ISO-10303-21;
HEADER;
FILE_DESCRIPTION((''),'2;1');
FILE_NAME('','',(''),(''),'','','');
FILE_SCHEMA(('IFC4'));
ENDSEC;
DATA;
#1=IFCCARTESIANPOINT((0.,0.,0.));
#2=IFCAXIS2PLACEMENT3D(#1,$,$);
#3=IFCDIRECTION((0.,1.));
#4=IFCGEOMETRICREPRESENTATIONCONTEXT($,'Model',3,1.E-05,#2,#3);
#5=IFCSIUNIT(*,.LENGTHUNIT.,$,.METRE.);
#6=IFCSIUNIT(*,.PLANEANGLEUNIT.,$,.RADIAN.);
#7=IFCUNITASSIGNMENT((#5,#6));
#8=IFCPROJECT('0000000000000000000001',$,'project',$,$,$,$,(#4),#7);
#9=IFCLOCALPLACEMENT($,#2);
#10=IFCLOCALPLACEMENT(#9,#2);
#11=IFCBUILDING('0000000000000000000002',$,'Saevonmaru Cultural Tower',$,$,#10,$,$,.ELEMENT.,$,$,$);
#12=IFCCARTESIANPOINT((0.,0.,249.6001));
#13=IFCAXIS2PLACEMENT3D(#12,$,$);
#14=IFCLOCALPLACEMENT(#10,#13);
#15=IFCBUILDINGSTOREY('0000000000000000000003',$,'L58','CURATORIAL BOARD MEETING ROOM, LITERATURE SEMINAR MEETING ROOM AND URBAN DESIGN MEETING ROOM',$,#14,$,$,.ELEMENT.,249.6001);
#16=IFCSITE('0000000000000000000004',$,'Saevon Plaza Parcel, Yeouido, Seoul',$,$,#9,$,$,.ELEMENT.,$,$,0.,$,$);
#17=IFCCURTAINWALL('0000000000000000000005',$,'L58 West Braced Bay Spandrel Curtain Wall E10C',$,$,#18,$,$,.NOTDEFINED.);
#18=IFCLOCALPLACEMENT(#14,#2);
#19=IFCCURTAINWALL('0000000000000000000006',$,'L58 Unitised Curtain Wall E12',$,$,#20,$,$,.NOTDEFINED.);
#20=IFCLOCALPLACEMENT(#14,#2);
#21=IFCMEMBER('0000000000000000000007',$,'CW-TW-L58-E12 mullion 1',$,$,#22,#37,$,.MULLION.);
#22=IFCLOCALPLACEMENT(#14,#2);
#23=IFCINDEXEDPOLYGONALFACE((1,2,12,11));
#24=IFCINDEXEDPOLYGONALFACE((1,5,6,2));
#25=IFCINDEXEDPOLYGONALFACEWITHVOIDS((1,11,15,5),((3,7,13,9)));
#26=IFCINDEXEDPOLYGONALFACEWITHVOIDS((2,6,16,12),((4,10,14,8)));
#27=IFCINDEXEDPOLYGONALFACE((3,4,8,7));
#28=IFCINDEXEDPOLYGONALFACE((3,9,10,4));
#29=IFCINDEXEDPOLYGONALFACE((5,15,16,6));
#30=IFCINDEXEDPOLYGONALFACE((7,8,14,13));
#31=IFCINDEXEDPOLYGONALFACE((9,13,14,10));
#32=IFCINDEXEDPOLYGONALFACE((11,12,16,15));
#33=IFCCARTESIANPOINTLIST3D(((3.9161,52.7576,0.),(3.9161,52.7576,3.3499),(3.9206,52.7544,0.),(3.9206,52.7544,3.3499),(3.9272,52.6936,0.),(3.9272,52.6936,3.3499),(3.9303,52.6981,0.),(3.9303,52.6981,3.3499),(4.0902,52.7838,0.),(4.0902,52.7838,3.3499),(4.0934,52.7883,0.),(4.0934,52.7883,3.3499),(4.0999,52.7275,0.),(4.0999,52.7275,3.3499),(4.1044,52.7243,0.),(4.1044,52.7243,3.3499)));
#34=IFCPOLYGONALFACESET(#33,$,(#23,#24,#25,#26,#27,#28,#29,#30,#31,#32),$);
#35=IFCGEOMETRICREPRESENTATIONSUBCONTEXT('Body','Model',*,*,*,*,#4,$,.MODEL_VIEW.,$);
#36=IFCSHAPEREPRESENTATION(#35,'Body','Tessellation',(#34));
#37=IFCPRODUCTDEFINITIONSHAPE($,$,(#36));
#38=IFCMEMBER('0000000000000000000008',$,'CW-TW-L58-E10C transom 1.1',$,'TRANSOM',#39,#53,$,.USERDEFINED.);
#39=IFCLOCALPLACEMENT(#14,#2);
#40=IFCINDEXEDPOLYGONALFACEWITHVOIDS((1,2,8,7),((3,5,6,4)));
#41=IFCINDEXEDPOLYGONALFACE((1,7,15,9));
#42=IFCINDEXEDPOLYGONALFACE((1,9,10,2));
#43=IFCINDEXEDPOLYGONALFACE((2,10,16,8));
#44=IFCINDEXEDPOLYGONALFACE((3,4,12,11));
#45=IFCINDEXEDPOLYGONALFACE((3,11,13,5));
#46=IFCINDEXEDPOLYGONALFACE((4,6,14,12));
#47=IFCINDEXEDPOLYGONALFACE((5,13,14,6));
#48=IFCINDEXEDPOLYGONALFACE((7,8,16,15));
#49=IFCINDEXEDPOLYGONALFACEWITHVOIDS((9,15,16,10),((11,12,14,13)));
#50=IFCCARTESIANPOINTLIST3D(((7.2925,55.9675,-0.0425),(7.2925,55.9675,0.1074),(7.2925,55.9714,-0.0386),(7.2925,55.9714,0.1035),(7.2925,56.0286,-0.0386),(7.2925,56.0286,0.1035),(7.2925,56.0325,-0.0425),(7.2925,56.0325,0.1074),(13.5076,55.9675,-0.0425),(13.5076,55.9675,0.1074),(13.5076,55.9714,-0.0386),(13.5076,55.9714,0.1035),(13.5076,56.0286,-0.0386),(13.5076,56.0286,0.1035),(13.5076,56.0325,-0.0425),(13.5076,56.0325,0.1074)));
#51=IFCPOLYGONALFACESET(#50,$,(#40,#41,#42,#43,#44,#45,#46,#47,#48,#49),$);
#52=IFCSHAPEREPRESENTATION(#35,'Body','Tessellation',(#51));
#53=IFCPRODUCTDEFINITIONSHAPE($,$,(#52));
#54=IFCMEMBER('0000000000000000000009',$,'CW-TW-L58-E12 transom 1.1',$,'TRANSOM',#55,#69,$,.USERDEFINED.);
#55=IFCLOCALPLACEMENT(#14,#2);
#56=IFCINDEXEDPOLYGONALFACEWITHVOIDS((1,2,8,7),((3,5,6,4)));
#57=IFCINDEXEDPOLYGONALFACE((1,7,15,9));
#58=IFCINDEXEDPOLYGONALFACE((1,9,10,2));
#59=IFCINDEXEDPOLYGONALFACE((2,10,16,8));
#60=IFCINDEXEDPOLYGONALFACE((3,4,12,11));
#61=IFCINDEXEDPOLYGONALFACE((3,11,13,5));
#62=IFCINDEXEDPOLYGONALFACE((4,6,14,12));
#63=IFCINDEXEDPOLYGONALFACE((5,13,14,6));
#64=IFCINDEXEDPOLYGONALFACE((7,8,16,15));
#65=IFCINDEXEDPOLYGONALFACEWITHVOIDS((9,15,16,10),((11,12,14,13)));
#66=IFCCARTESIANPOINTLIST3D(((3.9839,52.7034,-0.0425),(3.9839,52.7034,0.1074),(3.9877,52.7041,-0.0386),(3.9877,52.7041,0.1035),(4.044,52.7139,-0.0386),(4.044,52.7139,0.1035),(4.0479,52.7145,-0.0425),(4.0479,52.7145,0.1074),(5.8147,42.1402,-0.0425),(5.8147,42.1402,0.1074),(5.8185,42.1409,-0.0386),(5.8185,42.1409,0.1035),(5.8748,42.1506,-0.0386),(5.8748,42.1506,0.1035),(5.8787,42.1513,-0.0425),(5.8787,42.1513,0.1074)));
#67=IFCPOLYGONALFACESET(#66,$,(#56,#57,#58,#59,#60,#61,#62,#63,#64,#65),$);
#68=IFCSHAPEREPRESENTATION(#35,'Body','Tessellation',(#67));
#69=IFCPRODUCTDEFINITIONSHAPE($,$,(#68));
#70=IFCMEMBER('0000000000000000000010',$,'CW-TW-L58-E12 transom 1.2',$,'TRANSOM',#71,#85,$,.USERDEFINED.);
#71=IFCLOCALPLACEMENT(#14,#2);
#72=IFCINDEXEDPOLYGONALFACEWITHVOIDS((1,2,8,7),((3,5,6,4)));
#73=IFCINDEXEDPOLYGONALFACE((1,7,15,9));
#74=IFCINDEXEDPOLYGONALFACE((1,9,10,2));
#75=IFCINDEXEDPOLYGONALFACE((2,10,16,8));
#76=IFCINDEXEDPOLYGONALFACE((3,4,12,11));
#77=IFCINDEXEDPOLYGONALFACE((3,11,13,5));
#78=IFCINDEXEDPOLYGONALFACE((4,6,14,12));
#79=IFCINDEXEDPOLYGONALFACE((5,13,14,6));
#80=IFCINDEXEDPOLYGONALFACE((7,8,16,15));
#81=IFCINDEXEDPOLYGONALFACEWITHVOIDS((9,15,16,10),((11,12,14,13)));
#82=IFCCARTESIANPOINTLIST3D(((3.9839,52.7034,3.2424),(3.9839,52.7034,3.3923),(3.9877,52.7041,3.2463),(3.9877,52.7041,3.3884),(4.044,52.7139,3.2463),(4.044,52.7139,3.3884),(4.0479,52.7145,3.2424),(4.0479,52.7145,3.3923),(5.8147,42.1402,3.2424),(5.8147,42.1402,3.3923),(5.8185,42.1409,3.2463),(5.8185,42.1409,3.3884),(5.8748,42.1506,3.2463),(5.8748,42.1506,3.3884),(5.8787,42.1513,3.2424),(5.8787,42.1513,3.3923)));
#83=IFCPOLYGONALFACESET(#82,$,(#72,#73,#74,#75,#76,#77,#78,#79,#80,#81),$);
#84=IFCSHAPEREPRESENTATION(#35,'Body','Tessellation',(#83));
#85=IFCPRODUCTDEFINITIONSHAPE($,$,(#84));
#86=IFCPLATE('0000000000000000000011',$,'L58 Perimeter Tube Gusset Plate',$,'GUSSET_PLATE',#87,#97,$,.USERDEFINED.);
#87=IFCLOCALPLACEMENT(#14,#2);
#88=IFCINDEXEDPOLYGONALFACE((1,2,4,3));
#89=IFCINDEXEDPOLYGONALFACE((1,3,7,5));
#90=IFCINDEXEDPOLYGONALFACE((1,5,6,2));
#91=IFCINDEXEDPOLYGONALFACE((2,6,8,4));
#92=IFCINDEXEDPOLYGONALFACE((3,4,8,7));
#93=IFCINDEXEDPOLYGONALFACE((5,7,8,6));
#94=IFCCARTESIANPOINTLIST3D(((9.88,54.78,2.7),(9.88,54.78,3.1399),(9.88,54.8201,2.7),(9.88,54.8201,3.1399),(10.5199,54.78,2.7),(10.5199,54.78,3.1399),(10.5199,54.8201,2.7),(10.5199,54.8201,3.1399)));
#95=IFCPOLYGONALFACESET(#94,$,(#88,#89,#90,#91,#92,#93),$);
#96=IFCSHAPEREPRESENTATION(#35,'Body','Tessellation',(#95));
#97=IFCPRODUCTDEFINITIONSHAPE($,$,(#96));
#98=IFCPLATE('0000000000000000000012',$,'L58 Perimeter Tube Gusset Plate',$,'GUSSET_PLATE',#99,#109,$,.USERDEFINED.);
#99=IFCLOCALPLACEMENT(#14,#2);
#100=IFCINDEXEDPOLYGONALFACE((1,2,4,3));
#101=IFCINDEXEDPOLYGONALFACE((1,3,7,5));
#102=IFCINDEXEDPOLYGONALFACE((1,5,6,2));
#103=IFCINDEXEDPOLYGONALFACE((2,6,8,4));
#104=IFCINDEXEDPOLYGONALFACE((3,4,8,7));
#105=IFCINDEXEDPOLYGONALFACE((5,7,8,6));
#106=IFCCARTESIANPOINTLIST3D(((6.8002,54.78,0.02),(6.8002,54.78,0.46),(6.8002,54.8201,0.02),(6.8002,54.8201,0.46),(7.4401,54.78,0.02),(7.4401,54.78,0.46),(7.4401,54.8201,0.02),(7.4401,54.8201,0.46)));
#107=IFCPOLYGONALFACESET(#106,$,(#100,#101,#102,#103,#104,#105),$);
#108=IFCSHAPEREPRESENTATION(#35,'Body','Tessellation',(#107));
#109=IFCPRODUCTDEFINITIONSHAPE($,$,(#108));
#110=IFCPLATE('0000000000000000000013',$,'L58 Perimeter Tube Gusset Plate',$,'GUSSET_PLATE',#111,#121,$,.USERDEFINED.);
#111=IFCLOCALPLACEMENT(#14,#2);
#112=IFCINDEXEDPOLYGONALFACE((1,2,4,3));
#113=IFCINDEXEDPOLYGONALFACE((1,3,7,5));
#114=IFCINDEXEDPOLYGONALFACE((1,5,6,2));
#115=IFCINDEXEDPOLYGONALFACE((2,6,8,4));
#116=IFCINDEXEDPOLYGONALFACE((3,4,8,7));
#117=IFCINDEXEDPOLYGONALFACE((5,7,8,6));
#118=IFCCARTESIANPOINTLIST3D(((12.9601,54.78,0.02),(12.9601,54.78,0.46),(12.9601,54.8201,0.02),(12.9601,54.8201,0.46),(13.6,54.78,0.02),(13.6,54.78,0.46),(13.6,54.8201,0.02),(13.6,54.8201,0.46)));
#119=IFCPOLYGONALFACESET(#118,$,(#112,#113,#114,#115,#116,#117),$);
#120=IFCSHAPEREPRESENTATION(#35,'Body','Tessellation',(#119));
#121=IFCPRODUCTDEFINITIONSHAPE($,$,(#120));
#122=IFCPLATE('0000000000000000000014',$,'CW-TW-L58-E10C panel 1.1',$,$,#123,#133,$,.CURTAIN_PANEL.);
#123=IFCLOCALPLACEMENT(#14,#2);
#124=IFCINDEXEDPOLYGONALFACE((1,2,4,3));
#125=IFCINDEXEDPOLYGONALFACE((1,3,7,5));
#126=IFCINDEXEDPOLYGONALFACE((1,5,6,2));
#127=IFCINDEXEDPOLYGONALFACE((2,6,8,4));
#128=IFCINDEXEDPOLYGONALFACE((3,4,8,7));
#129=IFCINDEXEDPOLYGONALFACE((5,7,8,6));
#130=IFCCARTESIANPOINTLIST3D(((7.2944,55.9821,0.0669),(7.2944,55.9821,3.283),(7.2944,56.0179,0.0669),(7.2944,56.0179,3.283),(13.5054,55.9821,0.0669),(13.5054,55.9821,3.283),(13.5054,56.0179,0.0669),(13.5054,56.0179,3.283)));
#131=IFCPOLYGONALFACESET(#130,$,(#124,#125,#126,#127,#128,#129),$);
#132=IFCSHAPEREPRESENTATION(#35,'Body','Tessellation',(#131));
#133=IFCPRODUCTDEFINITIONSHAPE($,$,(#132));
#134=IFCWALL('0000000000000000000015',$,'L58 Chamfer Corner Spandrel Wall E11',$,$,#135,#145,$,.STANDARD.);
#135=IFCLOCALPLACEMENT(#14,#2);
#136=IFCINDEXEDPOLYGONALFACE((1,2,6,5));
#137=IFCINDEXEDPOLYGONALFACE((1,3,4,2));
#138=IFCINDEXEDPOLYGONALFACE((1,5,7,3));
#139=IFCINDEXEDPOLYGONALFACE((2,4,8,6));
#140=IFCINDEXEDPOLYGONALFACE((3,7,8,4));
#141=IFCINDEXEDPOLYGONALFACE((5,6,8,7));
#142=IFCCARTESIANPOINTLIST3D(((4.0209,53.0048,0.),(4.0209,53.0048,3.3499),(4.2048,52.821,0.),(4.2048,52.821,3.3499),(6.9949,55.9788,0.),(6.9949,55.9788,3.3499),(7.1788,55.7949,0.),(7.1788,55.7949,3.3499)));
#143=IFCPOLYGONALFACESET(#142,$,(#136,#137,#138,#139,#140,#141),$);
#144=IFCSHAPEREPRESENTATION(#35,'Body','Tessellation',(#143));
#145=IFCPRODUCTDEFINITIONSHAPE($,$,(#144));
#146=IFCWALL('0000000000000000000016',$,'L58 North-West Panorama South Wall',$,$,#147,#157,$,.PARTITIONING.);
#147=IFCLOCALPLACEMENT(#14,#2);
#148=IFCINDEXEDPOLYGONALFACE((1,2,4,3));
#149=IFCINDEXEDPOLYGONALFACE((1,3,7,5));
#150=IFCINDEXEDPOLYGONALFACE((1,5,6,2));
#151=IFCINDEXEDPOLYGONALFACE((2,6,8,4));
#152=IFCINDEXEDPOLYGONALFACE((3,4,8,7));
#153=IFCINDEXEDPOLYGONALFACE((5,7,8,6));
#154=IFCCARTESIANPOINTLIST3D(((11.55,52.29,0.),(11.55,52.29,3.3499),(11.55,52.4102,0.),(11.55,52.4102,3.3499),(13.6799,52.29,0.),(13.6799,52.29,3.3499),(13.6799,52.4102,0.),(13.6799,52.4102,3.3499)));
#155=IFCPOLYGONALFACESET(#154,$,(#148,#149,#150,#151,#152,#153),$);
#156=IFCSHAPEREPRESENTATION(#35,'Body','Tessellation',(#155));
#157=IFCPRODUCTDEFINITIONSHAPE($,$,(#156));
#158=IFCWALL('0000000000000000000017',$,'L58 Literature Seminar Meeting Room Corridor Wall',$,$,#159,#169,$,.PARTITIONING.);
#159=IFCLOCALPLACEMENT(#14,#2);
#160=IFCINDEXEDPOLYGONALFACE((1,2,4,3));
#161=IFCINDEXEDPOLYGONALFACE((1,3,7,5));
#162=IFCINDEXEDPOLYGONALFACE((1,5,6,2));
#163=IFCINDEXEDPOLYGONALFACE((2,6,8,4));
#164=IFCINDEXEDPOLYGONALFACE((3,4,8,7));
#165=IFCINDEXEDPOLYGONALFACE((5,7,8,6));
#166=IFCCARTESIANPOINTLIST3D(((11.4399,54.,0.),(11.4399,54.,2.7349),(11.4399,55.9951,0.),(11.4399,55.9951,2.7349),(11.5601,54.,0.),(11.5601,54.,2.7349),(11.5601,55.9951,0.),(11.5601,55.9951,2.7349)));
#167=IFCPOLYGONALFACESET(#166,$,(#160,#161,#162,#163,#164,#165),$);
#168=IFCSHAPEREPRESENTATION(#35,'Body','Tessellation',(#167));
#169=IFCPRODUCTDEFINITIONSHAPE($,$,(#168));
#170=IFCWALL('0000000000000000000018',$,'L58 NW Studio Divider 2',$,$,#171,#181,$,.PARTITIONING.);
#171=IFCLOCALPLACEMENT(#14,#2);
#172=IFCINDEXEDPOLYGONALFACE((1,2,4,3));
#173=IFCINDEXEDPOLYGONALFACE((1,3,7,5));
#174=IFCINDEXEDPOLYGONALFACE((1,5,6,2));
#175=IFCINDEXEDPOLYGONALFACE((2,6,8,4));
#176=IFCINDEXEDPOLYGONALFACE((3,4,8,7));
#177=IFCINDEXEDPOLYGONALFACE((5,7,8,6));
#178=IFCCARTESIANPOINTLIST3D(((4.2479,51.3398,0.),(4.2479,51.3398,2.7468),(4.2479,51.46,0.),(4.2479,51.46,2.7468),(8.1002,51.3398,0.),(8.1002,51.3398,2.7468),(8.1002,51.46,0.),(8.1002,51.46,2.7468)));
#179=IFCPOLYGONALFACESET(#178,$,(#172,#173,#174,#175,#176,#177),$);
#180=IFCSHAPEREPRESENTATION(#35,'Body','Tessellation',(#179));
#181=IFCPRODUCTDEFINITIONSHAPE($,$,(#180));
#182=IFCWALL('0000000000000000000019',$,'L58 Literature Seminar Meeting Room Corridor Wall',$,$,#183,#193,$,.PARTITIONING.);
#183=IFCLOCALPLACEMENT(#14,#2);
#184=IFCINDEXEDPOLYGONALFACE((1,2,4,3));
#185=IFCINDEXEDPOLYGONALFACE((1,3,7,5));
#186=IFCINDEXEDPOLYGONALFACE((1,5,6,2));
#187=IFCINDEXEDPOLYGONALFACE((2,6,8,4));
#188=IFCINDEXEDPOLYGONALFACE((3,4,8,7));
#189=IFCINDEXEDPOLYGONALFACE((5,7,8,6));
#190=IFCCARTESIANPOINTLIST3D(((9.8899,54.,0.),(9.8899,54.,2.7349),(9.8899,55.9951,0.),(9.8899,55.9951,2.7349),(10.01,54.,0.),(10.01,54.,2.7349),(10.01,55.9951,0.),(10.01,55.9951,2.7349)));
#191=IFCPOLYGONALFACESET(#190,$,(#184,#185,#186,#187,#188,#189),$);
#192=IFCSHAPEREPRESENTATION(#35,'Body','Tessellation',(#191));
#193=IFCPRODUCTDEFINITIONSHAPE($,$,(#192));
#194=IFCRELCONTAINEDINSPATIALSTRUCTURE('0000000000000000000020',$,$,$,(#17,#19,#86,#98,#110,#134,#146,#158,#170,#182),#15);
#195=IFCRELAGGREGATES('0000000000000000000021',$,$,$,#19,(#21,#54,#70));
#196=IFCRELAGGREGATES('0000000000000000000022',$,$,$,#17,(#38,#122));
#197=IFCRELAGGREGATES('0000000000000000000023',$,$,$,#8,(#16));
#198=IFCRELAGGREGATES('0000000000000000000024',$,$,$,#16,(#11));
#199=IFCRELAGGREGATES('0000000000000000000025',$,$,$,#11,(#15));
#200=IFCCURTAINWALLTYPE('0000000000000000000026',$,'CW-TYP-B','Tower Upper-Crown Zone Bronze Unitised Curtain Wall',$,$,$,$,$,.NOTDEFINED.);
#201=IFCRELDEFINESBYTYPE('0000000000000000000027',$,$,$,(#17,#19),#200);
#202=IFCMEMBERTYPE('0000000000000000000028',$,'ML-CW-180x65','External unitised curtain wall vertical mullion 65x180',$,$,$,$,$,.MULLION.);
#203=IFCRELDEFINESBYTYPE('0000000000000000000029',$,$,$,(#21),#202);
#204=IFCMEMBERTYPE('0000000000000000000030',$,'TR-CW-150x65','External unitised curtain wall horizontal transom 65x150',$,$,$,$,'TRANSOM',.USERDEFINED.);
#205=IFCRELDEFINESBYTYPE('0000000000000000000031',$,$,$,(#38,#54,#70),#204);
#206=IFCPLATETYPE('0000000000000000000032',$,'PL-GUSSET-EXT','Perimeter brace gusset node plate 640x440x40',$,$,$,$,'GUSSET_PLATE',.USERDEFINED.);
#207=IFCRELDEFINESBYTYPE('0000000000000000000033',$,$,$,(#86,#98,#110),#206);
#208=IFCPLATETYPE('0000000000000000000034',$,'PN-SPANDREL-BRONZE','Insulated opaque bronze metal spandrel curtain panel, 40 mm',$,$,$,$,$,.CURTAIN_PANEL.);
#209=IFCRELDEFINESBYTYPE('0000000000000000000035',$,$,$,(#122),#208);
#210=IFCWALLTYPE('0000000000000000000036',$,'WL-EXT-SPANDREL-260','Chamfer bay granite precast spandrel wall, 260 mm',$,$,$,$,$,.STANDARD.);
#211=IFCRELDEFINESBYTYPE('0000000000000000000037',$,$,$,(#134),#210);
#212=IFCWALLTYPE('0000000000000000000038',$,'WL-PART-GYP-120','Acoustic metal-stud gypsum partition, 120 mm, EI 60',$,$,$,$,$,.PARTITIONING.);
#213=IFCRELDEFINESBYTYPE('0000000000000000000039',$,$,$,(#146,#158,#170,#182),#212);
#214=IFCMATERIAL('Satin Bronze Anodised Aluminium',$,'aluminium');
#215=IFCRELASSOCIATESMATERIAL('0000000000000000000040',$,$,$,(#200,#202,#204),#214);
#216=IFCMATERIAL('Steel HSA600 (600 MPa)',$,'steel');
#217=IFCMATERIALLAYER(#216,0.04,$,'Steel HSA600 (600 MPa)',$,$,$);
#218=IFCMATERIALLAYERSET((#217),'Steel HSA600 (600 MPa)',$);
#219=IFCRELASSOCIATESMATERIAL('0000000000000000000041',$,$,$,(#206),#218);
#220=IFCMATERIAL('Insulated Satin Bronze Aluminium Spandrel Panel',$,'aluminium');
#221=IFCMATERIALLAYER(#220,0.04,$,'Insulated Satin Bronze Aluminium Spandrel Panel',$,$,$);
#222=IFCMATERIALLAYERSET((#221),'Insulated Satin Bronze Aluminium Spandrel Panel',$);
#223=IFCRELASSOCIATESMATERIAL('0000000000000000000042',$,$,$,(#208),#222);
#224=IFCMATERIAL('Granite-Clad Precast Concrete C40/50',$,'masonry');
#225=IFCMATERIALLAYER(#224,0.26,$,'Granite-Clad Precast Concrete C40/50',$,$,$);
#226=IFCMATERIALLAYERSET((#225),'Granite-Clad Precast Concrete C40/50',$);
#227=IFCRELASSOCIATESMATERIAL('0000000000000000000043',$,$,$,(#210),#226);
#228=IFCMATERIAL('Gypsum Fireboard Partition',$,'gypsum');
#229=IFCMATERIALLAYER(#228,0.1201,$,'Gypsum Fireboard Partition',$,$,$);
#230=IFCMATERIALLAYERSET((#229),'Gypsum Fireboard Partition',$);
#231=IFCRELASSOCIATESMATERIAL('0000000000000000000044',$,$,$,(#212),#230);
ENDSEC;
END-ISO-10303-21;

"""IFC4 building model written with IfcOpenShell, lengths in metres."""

from ifc_helpers import new_model, si_unit, direction, frame, frame_2d, origin, origin_2d, place, context, subcontext, project, spatial, rectangle, hollow_rectangle, extrude, material, layer, layer_set, material_profile, profile_set, type_object, element, aggregate, save


model = new_model("IFC4")

# Units and contexts
model_context = context("Model", 3, precision=1e-05, world=origin(), true_north=direction((0.0, 1.0)))
body_context = subcontext(model_context, "Body", "Model", "MODEL_VIEW")
ifc_project = project(units=[si_unit("LENGTHUNIT", "METRE"), si_unit("PLANEANGLEUNIT", "RADIAN")], contexts=[model_context])

# Site, building, storey
site_placement = place(None, origin())
site = spatial("IfcSite", under=ifc_project, at=site_placement, Name="Saevon Plaza Parcel, Yeouido, Seoul", CompositionType="ELEMENT", RefElevation=0.0)
building_placement = place(site_placement, origin())
building = spatial("IfcBuilding", under=site, at=building_placement, Name="Saevonmaru Cultural Tower", CompositionType="ELEMENT")
storey_placement = place(building_placement, frame((0.0, 0.0, 249.6001)))
storey = spatial("IfcBuildingStorey", under=building, at=storey_placement, Name="L58", Description="CURATORIAL BOARD MEETING ROOM, LITERATURE SEMINAR MEETING ROOM AND URBAN DESIGN MEETING ROOM", CompositionType="ELEMENT", Elevation=249.6001)

# Curtain walls, member
ifc_material_1 = material(Name="Satin Bronze Anodised Aluminium", Category="aluminium")
curtain_wall_type = type_object("IfcCurtainWallType", Name="CW-TYP-B", Description="Tower Upper-Crown Zone Bronze Unitised Curtain Wall", PredefinedType="NOTDEFINED", material=ifc_material_1)
curtain_wall_1_placement = place(storey_placement, origin())
curtain_wall_1 = element("IfcCurtainWall", 1, at=curtain_wall_1_placement, inside=storey, type_object=curtain_wall_type, Name="L58 West Braced Bay Spandrel Curtain Wall E10C", PredefinedType="NOTDEFINED")
ifc_material_profile_1 = material_profile(ifc_material_1, hollow_rectangle(XDim=0.0649, YDim=0.1799, WallThickness=0.0039, at=origin_2d()), Name="ALU-MULL-180x65x4")
ifc_profile_set_1 = profile_set([ifc_material_profile_1], Name="Satin Bronze Anodised Aluminium")
member_type_1 = type_object("IfcMemberType", Name="ML-CW-180x65", Description="External unitised curtain wall vertical mullion 65x180", PredefinedType="MULLION", material=ifc_profile_set_1)
curtain_wall_2_placement = place(storey_placement, origin())
curtain_wall_2 = element("IfcCurtainWall", 2, at=curtain_wall_2_placement, inside=storey, type_object=curtain_wall_type, Name="L58 Unitised Curtain Wall E12", PredefinedType="NOTDEFINED")
member_1_placement = place(storey_placement, frame((4.0103, 52.741, 0.0), z_axis=(0.0, 0.0, 1.0), x_axis=(0.17079, -0.985307, 0.0)))
member_1 = element("IfcMember", 3, at=member_1_placement, type_object=member_type_1, Name="CW-TW-L58-E12 mullion 1", PredefinedType="MULLION", context=body_context, shape_type="SweptSolid", body=[
    extrude(hollow_rectangle(XDim=0.0649, YDim=0.1799, WallThickness=0.0039, at=origin_2d()), origin(), (0.0, 0.0, 1.0), 3.3499),
])

# Members
ifc_material_profile_2 = material_profile(ifc_material_1, hollow_rectangle(XDim=0.0649, YDim=0.1499, WallThickness=0.0039, at=origin_2d()), Name="ALU-TRAN-150x65x4")
ifc_profile_set_2 = profile_set([ifc_material_profile_2], Name="Satin Bronze Anodised Aluminium")
member_type_2 = type_object("IfcMemberType", Name="TR-CW-150x65", Description="External unitised curtain wall horizontal transom 65x150", ElementType="TRANSOM", PredefinedType="USERDEFINED", material=ifc_profile_set_2)
member_2_placement = place(storey_placement, frame((13.5076, 56.0, 0.0325), z_axis=(-1.0, 0.0, 0.0), x_axis=(0.0, -1.0, 0.0)))
member_2 = element("IfcMember", 4, at=member_2_placement, type_object=member_type_2, Name="CW-TW-L58-E10C transom 1.1", ObjectType="TRANSOM", PredefinedType="USERDEFINED", context=body_context, shape_type="SweptSolid", body=[
    extrude(hollow_rectangle(XDim=0.0649, YDim=0.1499, WallThickness=0.0039, at=origin_2d()), origin(), (0.0, 0.0, 1.0), 6.2151),
])
member_3_placement = place(storey_placement, frame((4.0159, 52.709, 0.0325), z_axis=(0.170773, -0.98531, 0.0), x_axis=(0.98531, 0.170773, 0.0)))
member_3 = element("IfcMember", 5, at=member_3_placement, type_object=member_type_2, Name="CW-TW-L58-E12 transom 1.1", ObjectType="TRANSOM", PredefinedType="USERDEFINED", context=body_context, shape_type="SweptSolid", body=[
    extrude(hollow_rectangle(XDim=0.0649, YDim=0.1499, WallThickness=0.0039, at=origin_2d()), origin(), (0.0, 0.0, 1.0), 10.7207),
])
member_4_placement = place(storey_placement, frame((4.0159, 52.709, 3.3174), z_axis=(0.170773, -0.98531, 0.0), x_axis=(0.98531, 0.170773, 0.0)))
member_4 = element("IfcMember", 6, at=member_4_placement, type_object=member_type_2, Name="CW-TW-L58-E12 transom 1.2", ObjectType="TRANSOM", PredefinedType="USERDEFINED", context=body_context, shape_type="SweptSolid", body=[
    extrude(hollow_rectangle(XDim=0.0649, YDim=0.1499, WallThickness=0.0039, at=origin_2d()), origin(), (0.0, 0.0, 1.0), 10.7207),
])
aggregate(curtain_wall_2, [member_1, member_3, member_4])

# Plates
ifc_material_2 = material(Name="Steel HSA600 (600 MPa)", Category="steel")
ifc_layer_1 = layer(ifc_material_2, 0.04, Name="Steel HSA600 (600 MPa)")
ifc_layer_set_1 = layer_set([ifc_layer_1], Name="Steel HSA600 (600 MPa)")
plate_type_1 = type_object("IfcPlateType", Name="PL-GUSSET-EXT", Description="Perimeter brace gusset node plate 640x440x40", ElementType="GUSSET_PLATE", PredefinedType="USERDEFINED", material=ifc_layer_set_1)
for number, where, z_axis, x_axis, name in (
    (7, (10.2, 54.8, 2.7), (0.0, 0.0, 1.0), (1.0, 0.0, 0.0), "L58 Perimeter Tube Gusset Plate"),
    (8, (7.1201, 54.8, 0.02), (0.0, 0.0, 1.0), (1.0, 0.0, 0.0), "L58 Perimeter Tube Gusset Plate"),
    (9, (13.28, 54.8, 0.02), (0.0, 0.0, 1.0), (1.0, 0.0, 0.0), "L58 Perimeter Tube Gusset Plate"),
):
    element("IfcPlate", number, at=place(storey_placement, frame(where, z_axis=z_axis, x_axis=x_axis)), inside=storey, type_object=plate_type_1, Name=name, ObjectType="GUSSET_PLATE", PredefinedType="USERDEFINED", context=body_context, shape_type="SweptSolid", body=[
        extrude(rectangle(XDim=0.6399, YDim=0.04, at=origin_2d()), origin(), (0.0, 0.0, 1.0), 0.4399),
    ])

# Plate
ifc_material_3 = material(Name="Insulated Satin Bronze Aluminium Spandrel Panel", Category="aluminium")
ifc_layer_2 = layer(ifc_material_3, 0.04, Name="Insulated Satin Bronze Aluminium Spandrel Panel")
ifc_layer_set_2 = layer_set([ifc_layer_2], Name="Insulated Satin Bronze Aluminium Spandrel Panel")
plate_type_2 = type_object("IfcPlateType", Name="PN-SPANDREL-BRONZE", Description="Insulated opaque bronze metal spandrel curtain panel, 40 mm", PredefinedType="CURTAIN_PANEL", material=ifc_layer_set_2)
plate_placement = place(storey_placement, frame((10.3999, 56.0, 0.0669), z_axis=(0.0, 0.0, 1.0), x_axis=(-1.0, 0.0, 0.0)))
plate = element("IfcPlate", 10, at=plate_placement, type_object=plate_type_2, Name="CW-TW-L58-E10C panel 1.1", PredefinedType="CURTAIN_PANEL", context=body_context, shape_type="SweptSolid", body=[
    extrude(rectangle(XDim=6.2109, YDim=0.0359, at=origin_2d()), origin(), (0.0, 0.0, 1.0), 3.2161),
])
aggregate(curtain_wall_1, [member_2, plate])

# Walls
ifc_material_4 = material(Name="Granite-Clad Precast Concrete C40/50", Category="masonry")
ifc_layer_3 = layer(ifc_material_4, 0.26, Name="Granite-Clad Precast Concrete C40/50")
ifc_layer_set_3 = layer_set([ifc_layer_3], Name="Granite-Clad Precast Concrete C40/50")
wall_type_1 = type_object("IfcWallType", Name="WL-EXT-SPANDREL-260", Description="Chamfer bay granite precast spandrel wall, 260 mm", PredefinedType="STANDARD", material=ifc_layer_set_3)
wall_1_placement = place(storey_placement, frame((7.0869, 55.887, 0.0), z_axis=(0.0, 0.0, 1.0), x_axis=(-0.707107, -0.707107, 0.0)))
element("IfcWall", 11, at=wall_1_placement, inside=storey, type_object=wall_type_1, Name="L58 Chamfer Corner Spandrel Wall E11", PredefinedType="STANDARD", context=body_context, shape_type="SweptSolid", body=[
    extrude(rectangle(XDim=4.2058, YDim=0.26, at=frame_2d((2.103, 0.0))), origin(), (0.0, 0.0, 1.0), 3.3499),
])
ifc_material_5 = material(Name="Gypsum Fireboard Partition", Category="gypsum")
ifc_layer_4 = layer(ifc_material_5, 0.1201, Name="Gypsum Fireboard Partition")
ifc_layer_set_4 = layer_set([ifc_layer_4], Name="Gypsum Fireboard Partition")
wall_type_2 = type_object("IfcWallType", Name="WL-PART-GYP-120", Description="Acoustic metal-stud gypsum partition, 120 mm, EI 60", PredefinedType="PARTITIONING", material=ifc_layer_set_4)
wall_2_placement = place(storey_placement, frame((11.55, 52.3501, 0.0), z_axis=(0.0, 0.0, 1.0), x_axis=(1.0, 0.0, 0.0)))
element("IfcWall", 12, at=wall_2_placement, inside=storey, type_object=wall_type_2, Name="L58 North-West Panorama South Wall", PredefinedType="PARTITIONING", context=body_context, shape_type="SweptSolid", body=[
    extrude(rectangle(XDim=2.1299, YDim=0.1201, at=frame_2d((1.0649, 0.0))), origin(), (0.0, 0.0, 1.0), 3.3499),
])
wall_3_placement = place(storey_placement, frame((11.5, 54.0, 0.0), z_axis=(0.0, 0.0, 1.0), x_axis=(0.0, 1.0, 0.0)))
element("IfcWall", 13, at=wall_3_placement, inside=storey, type_object=wall_type_2, Name="L58 Literature Seminar Meeting Room Corridor Wall", PredefinedType="PARTITIONING", context=body_context, shape_type="SweptSolid", body=[
    extrude(rectangle(XDim=1.9951, YDim=0.1201, at=frame_2d((0.9976, 0.0))), origin(), (0.0, 0.0, 1.0), 2.7349),
])
wall_4_placement = place(storey_placement, frame((4.2478, 51.3999, 0.0), z_axis=(0.0, 0.0, 1.0), x_axis=(1.0, 0.0, 0.0)))
element("IfcWall", 14, at=wall_4_placement, inside=storey, type_object=wall_type_2, Name="L58 NW Studio Divider 2", PredefinedType="PARTITIONING", context=body_context, shape_type="SweptSolid", body=[
    extrude(rectangle(XDim=3.8523, YDim=0.1201, at=frame_2d((1.9263, 0.0))), origin(), (0.0, 0.0, 1.0), 2.7468),
])
wall_5_placement = place(storey_placement, frame((9.95, 54.0, 0.0), z_axis=(0.0, 0.0, 1.0), x_axis=(0.0, 1.0, 0.0)))
element("IfcWall", 15, at=wall_5_placement, inside=storey, type_object=wall_type_2, Name="L58 Literature Seminar Meeting Room Corridor Wall", PredefinedType="PARTITIONING", context=body_context, shape_type="SweptSolid", body=[
    extrude(rectangle(XDim=1.9951, YDim=0.1201, at=frame_2d((0.9976, 0.0))), origin(), (0.0, 0.0, 1.0), 2.7349),
])

save(model, "model.ifc")
